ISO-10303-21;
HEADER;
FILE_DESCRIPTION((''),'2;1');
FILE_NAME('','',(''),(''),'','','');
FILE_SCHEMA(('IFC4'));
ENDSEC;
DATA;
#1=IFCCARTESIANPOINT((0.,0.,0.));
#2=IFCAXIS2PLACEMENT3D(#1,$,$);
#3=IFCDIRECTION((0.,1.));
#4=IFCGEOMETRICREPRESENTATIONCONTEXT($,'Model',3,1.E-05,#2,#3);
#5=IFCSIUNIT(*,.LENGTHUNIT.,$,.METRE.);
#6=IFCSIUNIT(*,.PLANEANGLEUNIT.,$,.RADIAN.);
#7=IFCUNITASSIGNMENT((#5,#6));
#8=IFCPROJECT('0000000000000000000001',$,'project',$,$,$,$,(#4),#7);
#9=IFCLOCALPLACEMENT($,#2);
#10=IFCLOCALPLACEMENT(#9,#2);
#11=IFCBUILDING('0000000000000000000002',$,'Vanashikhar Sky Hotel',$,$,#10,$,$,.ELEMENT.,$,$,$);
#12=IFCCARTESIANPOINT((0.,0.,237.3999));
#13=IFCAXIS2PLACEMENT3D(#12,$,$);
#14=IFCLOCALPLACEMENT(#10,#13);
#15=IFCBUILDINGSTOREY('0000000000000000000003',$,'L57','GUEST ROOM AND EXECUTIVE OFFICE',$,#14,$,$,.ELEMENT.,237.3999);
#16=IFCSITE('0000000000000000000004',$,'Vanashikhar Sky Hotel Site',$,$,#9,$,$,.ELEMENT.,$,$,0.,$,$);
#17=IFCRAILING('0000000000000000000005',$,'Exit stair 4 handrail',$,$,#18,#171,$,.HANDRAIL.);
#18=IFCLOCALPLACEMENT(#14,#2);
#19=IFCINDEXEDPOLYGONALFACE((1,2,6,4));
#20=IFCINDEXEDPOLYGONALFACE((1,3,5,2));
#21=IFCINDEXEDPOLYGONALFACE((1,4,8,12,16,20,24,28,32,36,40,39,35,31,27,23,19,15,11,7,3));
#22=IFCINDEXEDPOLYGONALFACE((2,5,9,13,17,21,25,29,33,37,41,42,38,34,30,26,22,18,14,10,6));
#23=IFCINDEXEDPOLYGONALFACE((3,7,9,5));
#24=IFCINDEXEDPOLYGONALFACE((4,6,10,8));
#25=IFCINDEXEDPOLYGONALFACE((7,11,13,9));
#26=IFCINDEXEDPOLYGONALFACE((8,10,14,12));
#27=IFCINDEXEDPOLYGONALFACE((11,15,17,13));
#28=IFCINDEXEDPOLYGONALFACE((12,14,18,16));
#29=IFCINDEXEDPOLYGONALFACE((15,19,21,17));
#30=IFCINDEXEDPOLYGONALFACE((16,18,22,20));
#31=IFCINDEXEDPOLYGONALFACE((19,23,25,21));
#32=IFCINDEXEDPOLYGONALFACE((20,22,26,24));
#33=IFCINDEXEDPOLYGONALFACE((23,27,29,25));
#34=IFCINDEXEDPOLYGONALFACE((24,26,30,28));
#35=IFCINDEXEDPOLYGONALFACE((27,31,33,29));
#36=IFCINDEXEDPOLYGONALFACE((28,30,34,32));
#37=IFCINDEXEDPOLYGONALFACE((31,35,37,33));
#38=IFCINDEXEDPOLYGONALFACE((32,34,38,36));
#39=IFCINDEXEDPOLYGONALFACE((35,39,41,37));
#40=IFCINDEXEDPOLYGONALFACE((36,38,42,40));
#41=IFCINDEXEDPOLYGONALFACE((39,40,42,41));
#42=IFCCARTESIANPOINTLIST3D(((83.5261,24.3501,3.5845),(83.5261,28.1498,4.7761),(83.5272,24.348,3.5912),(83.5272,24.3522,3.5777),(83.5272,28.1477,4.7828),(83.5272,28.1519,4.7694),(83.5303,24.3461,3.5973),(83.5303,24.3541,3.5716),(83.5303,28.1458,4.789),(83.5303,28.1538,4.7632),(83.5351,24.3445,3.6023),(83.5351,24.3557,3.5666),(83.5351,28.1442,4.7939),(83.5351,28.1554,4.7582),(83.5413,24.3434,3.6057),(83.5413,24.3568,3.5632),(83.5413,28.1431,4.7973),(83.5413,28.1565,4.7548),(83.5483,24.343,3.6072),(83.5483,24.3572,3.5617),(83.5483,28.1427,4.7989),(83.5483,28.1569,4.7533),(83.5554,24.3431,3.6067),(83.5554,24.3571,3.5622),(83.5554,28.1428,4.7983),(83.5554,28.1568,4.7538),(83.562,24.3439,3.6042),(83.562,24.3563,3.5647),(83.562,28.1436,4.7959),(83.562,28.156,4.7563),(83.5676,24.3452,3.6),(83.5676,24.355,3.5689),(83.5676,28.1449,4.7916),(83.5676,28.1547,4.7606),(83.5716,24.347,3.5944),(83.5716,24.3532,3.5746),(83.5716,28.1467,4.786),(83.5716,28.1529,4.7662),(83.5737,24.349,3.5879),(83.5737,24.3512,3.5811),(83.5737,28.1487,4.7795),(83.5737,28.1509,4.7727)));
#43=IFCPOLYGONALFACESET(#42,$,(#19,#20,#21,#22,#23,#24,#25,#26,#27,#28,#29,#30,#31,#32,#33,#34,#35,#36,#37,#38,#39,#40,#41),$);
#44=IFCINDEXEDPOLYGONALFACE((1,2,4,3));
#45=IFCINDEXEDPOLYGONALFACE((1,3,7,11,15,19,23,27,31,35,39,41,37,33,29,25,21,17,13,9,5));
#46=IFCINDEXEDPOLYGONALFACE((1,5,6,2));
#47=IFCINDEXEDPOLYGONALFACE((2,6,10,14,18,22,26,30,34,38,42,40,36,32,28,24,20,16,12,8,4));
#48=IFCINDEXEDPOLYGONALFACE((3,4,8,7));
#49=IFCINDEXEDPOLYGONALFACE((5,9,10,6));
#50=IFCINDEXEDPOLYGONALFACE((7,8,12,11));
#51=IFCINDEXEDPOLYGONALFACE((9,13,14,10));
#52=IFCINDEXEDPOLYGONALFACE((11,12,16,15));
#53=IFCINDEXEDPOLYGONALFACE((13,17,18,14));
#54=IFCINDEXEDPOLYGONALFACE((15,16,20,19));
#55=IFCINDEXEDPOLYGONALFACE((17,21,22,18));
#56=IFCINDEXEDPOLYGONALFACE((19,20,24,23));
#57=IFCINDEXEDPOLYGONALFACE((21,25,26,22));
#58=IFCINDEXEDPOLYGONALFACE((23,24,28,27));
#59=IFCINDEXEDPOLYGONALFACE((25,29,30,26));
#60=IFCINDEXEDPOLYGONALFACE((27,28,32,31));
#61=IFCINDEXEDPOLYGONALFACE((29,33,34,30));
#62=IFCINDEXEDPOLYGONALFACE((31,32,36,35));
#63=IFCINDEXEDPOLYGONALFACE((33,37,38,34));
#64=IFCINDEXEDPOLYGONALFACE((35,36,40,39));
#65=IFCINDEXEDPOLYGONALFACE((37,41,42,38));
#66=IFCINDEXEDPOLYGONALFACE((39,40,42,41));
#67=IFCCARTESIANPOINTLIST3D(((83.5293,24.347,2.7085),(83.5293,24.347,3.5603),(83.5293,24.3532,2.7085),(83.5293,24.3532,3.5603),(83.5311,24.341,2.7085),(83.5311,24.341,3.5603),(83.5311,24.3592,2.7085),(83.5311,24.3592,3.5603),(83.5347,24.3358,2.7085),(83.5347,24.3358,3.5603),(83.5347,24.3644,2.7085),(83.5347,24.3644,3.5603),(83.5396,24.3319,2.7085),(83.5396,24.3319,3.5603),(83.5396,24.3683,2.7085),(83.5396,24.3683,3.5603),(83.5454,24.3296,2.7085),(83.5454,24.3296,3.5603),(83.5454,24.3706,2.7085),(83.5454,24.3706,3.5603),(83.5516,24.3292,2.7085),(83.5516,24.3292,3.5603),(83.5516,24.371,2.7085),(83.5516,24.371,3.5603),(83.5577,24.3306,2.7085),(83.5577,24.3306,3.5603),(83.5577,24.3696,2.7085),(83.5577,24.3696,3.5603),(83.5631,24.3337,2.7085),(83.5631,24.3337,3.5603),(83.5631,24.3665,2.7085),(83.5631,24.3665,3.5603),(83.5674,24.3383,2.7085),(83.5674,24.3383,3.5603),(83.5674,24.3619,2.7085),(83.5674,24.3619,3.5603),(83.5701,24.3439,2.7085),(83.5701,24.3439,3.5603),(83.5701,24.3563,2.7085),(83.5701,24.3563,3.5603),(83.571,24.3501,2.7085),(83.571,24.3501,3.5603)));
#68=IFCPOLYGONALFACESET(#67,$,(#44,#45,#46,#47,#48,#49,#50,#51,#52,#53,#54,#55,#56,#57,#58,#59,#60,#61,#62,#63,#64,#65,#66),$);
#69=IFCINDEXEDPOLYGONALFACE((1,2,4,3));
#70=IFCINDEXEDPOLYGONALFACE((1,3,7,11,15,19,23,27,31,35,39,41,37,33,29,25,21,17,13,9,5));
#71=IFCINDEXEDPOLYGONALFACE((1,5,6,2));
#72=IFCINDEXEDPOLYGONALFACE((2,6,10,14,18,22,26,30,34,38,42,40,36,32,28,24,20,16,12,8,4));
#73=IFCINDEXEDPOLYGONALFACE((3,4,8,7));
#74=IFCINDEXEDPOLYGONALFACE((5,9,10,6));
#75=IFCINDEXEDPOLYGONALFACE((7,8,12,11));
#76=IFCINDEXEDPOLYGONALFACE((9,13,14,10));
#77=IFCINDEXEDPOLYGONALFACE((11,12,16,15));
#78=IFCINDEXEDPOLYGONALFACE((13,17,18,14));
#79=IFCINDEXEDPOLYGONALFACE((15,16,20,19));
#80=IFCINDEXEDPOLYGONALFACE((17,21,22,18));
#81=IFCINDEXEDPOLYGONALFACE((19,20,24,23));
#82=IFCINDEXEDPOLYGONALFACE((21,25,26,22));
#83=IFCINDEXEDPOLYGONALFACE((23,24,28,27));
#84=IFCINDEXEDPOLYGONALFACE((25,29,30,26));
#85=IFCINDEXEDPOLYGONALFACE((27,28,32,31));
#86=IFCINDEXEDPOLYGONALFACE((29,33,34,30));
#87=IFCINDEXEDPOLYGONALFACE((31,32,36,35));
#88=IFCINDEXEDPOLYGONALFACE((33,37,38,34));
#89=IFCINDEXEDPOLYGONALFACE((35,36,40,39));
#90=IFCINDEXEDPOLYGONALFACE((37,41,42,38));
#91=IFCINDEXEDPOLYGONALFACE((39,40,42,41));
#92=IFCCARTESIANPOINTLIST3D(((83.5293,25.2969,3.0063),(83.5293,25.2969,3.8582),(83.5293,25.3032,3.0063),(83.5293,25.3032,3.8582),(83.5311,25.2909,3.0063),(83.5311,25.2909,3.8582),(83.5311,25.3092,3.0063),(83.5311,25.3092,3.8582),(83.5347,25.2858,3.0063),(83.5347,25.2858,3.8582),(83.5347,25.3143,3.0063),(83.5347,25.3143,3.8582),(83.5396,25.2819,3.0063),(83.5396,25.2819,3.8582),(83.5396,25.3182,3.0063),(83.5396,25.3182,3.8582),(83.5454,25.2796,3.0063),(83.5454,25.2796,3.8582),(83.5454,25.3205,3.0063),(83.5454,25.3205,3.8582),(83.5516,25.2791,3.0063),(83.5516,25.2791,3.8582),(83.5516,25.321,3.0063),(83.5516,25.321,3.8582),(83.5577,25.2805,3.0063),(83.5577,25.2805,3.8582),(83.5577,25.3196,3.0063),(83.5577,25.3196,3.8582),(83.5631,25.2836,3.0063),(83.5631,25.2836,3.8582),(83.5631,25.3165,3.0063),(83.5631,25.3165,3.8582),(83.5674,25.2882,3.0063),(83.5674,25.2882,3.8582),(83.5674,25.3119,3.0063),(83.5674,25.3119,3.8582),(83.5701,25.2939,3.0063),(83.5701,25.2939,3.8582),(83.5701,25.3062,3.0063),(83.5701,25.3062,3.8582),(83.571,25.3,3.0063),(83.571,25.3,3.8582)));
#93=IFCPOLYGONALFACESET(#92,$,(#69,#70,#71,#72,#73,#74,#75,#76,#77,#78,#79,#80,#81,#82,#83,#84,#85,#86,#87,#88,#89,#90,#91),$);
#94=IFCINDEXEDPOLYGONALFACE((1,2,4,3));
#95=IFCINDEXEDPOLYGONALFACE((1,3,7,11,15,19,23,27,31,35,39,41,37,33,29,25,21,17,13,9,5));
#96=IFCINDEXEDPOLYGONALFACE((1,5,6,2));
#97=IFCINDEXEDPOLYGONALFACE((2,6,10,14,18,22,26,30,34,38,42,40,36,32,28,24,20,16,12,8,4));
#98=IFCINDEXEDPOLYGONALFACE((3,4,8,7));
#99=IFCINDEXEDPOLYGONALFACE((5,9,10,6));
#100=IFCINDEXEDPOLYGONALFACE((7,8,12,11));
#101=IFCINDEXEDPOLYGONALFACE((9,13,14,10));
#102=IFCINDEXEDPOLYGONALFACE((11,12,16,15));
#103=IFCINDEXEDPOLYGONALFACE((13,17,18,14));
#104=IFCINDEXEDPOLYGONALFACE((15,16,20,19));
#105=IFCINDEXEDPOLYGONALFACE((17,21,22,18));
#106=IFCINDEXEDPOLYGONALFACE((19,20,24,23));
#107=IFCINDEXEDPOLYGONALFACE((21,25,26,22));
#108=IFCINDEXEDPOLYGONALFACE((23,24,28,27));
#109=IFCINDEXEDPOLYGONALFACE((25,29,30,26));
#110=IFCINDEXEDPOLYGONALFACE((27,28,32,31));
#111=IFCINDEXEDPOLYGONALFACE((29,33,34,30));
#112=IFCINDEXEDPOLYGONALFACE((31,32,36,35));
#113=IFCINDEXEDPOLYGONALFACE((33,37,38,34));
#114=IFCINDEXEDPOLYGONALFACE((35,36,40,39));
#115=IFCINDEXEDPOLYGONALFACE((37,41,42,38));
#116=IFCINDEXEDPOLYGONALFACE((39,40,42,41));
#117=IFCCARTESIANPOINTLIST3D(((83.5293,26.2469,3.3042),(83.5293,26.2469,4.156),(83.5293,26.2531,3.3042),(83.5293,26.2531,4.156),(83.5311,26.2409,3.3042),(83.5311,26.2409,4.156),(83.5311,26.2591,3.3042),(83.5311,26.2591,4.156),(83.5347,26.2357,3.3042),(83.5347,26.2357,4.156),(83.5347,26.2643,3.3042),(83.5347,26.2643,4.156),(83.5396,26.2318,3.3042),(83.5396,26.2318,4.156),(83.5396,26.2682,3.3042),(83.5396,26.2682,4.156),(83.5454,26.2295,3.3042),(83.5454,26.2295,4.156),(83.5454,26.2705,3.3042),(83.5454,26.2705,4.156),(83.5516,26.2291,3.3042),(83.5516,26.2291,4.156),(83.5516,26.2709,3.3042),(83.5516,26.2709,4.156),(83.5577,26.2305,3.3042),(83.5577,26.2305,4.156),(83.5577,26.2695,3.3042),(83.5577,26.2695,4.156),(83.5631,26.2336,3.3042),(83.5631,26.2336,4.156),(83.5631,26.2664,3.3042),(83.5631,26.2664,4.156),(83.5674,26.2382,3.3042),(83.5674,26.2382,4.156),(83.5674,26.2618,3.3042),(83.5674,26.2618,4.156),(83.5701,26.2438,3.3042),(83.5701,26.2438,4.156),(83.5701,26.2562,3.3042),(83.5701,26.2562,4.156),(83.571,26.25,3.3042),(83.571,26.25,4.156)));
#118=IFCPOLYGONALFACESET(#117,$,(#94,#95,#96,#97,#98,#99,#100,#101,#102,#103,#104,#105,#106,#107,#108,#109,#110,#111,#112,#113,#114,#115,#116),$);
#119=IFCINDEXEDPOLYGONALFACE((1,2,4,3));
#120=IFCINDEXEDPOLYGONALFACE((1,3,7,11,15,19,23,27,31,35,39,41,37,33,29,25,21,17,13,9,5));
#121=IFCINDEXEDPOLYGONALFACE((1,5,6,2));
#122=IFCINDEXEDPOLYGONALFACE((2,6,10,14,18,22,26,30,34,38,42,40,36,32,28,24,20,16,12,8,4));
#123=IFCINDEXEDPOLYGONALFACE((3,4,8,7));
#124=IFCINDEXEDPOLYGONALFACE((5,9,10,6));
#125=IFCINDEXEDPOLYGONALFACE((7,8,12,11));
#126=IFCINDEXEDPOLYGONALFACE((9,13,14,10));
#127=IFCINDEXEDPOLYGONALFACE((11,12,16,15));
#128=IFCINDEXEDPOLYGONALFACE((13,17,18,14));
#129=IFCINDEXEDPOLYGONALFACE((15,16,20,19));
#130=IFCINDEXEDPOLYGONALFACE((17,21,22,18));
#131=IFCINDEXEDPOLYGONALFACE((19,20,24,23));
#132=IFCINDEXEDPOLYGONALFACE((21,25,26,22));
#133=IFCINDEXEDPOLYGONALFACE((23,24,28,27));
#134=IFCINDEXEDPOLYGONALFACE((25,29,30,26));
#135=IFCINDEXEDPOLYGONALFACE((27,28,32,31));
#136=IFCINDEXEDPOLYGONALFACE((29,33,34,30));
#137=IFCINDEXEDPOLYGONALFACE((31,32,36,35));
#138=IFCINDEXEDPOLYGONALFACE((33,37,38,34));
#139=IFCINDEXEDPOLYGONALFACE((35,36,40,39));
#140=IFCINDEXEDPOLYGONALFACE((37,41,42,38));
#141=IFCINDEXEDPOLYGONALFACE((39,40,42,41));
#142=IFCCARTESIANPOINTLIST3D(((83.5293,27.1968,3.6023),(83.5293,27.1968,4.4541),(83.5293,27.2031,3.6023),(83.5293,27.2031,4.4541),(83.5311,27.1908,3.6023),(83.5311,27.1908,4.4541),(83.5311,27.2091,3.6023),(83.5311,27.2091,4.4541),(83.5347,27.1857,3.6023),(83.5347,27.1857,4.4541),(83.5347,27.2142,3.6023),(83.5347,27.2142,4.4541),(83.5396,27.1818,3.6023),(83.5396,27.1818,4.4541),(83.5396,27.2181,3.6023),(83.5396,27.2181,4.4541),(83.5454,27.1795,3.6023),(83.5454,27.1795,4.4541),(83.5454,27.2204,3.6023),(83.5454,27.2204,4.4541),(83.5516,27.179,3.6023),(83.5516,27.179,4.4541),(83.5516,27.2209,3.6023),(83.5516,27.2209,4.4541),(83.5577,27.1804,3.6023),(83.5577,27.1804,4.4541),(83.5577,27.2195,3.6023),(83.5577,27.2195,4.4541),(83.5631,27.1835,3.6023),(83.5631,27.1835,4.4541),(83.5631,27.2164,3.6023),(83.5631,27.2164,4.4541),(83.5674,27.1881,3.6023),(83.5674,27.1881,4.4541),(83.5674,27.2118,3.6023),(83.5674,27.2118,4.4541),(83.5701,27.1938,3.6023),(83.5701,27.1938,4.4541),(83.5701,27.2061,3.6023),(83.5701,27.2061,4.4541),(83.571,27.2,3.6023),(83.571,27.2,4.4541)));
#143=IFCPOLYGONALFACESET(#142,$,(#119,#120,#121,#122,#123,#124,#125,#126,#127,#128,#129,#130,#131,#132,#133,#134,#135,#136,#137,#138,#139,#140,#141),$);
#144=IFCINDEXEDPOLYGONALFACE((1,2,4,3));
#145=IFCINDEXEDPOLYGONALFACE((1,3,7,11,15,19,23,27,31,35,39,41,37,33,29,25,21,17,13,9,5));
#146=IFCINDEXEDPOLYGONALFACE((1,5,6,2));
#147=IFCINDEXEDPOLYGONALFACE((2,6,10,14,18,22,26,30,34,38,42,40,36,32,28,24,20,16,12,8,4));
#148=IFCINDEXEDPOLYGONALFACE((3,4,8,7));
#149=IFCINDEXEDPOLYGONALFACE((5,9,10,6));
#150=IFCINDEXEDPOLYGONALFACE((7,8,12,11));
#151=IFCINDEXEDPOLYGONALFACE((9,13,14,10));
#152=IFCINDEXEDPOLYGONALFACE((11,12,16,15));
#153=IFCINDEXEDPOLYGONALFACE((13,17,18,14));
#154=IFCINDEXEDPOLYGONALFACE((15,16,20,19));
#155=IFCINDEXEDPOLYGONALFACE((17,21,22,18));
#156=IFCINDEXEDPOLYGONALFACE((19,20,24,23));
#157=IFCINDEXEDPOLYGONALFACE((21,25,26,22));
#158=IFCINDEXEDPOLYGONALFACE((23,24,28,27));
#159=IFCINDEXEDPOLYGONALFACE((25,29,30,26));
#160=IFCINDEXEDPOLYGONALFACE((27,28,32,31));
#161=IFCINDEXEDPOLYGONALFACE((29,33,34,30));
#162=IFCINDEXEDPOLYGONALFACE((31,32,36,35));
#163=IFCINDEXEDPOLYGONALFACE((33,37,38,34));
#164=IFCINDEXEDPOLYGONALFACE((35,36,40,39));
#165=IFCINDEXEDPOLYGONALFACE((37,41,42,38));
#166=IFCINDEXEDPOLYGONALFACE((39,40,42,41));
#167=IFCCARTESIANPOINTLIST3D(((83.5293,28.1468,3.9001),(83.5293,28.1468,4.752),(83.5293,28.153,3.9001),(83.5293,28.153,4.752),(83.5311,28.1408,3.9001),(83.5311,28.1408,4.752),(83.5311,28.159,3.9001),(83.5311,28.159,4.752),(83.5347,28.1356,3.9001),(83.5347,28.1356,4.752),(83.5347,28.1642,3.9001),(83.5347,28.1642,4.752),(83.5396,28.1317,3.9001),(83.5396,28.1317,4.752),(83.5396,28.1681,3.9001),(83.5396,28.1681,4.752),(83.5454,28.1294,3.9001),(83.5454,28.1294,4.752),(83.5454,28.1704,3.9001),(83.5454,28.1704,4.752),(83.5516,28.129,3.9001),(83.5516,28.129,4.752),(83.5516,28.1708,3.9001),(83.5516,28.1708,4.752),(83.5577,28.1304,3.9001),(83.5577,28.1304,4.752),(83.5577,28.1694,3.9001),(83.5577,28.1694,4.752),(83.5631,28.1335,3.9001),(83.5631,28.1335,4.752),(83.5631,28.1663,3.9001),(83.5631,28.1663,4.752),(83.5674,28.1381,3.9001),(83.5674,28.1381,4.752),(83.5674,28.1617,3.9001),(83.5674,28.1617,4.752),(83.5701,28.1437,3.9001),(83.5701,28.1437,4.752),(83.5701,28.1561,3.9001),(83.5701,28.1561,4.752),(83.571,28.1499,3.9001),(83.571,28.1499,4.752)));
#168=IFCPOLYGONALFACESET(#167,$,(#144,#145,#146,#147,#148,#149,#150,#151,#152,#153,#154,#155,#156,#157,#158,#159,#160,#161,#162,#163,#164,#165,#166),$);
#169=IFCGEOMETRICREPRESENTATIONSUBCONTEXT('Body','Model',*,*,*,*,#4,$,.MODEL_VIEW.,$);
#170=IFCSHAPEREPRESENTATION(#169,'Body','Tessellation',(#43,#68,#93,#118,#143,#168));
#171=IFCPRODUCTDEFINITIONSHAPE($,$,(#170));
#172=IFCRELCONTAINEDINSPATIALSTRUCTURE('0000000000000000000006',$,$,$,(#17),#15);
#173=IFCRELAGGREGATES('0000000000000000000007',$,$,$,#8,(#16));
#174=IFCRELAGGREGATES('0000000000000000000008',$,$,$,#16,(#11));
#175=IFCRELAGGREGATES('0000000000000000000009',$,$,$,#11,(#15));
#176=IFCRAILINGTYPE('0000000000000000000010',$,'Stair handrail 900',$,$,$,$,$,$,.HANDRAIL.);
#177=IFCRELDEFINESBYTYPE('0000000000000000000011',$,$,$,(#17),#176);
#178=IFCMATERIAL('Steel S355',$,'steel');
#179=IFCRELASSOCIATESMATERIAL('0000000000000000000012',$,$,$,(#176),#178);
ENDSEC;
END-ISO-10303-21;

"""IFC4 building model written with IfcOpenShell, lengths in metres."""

from ifc_helpers import new_model, si_unit, direction, frame, origin, origin_2d, place, context, subcontext, project, spatial, circle, extrude, source, transform, mapped, material, type_object, element, save


model = new_model("IFC4")

# Units and contexts
model_context = context("Model", 3, precision=1e-05, world=origin(), true_north=direction((0.0, 1.0)))
body_context = subcontext(model_context, "Body", "Model", "MODEL_VIEW")
ifc_project = project(units=[si_unit("LENGTHUNIT", "METRE"), si_unit("PLANEANGLEUNIT", "RADIAN")], contexts=[model_context])

# Site, building, storey
site_placement = place(None, origin())
site = spatial("IfcSite", under=ifc_project, at=site_placement, Name="Vanashikhar Sky Hotel Site", CompositionType="ELEMENT", RefElevation=0.0)
building_placement = place(site_placement, origin())
building = spatial("IfcBuilding", under=site, at=building_placement, Name="Vanashikhar Sky Hotel", CompositionType="ELEMENT")
storey_placement = place(building_placement, frame((0.0, 0.0, 237.3999)))
storey = spatial("IfcBuildingStorey", under=building, at=storey_placement, Name="L57", Description="GUEST ROOM AND EXECUTIVE OFFICE", CompositionType="ELEMENT", Elevation=237.3999)

# Railing
ifc_material_1 = material(Name="Steel S355", Category="steel")
railing_type_1 = type_object("IfcRailingType", Name="Stair handrail 900", PredefinedType="HANDRAIL", material=ifc_material_1)
shared_shape_1 = source(origin(), body_context, "Body", "SweptSolid", [
    extrude(circle(Radius=0.0239, at=origin_2d()), frame((0.0, 0.0, 0.876), z_axis=(0.0, 0.954178, 0.299238), x_axis=(-1.0, 0.0, 0.0)), (0.0, 0.0, 1.0), 3.9822),
    extrude(circle(Radius=0.021, at=origin_2d()), origin(), (0.0, 0.0, 1.0), 0.8518),
    extrude(circle(Radius=0.021, at=origin_2d()), frame((0.0, 0.95, 0.2979)), (0.0, 0.0, 1.0), 0.8518),
    extrude(circle(Radius=0.021, at=origin_2d()), frame((0.0, 1.8999, 0.5957)), (0.0, 0.0, 1.0), 0.8518),
    extrude(circle(Radius=0.021, at=origin_2d()), frame((0.0, 2.8499, 0.8938)), (0.0, 0.0, 1.0), 0.8518),
    extrude(circle(Radius=0.021, at=origin_2d()), frame((0.0, 3.7998, 1.1917)), (0.0, 0.0, 1.0), 0.8518),
])
for number, where, name in (
    (1, (83.55, 24.3501, 2.7085), "Exit stair 4 handrail"),
):
    element("IfcRailing", number, at=place(storey_placement, frame(where)), inside=storey, type_object=railing_type_1, Name=name, PredefinedType="HANDRAIL", context=body_context, shape_type="MappedRepresentation", body=[
        mapped(shared_shape_1, transform((0.0, 0.0, 0.0), scale=1.0)),
    ])

save(model, "model.ifc")
